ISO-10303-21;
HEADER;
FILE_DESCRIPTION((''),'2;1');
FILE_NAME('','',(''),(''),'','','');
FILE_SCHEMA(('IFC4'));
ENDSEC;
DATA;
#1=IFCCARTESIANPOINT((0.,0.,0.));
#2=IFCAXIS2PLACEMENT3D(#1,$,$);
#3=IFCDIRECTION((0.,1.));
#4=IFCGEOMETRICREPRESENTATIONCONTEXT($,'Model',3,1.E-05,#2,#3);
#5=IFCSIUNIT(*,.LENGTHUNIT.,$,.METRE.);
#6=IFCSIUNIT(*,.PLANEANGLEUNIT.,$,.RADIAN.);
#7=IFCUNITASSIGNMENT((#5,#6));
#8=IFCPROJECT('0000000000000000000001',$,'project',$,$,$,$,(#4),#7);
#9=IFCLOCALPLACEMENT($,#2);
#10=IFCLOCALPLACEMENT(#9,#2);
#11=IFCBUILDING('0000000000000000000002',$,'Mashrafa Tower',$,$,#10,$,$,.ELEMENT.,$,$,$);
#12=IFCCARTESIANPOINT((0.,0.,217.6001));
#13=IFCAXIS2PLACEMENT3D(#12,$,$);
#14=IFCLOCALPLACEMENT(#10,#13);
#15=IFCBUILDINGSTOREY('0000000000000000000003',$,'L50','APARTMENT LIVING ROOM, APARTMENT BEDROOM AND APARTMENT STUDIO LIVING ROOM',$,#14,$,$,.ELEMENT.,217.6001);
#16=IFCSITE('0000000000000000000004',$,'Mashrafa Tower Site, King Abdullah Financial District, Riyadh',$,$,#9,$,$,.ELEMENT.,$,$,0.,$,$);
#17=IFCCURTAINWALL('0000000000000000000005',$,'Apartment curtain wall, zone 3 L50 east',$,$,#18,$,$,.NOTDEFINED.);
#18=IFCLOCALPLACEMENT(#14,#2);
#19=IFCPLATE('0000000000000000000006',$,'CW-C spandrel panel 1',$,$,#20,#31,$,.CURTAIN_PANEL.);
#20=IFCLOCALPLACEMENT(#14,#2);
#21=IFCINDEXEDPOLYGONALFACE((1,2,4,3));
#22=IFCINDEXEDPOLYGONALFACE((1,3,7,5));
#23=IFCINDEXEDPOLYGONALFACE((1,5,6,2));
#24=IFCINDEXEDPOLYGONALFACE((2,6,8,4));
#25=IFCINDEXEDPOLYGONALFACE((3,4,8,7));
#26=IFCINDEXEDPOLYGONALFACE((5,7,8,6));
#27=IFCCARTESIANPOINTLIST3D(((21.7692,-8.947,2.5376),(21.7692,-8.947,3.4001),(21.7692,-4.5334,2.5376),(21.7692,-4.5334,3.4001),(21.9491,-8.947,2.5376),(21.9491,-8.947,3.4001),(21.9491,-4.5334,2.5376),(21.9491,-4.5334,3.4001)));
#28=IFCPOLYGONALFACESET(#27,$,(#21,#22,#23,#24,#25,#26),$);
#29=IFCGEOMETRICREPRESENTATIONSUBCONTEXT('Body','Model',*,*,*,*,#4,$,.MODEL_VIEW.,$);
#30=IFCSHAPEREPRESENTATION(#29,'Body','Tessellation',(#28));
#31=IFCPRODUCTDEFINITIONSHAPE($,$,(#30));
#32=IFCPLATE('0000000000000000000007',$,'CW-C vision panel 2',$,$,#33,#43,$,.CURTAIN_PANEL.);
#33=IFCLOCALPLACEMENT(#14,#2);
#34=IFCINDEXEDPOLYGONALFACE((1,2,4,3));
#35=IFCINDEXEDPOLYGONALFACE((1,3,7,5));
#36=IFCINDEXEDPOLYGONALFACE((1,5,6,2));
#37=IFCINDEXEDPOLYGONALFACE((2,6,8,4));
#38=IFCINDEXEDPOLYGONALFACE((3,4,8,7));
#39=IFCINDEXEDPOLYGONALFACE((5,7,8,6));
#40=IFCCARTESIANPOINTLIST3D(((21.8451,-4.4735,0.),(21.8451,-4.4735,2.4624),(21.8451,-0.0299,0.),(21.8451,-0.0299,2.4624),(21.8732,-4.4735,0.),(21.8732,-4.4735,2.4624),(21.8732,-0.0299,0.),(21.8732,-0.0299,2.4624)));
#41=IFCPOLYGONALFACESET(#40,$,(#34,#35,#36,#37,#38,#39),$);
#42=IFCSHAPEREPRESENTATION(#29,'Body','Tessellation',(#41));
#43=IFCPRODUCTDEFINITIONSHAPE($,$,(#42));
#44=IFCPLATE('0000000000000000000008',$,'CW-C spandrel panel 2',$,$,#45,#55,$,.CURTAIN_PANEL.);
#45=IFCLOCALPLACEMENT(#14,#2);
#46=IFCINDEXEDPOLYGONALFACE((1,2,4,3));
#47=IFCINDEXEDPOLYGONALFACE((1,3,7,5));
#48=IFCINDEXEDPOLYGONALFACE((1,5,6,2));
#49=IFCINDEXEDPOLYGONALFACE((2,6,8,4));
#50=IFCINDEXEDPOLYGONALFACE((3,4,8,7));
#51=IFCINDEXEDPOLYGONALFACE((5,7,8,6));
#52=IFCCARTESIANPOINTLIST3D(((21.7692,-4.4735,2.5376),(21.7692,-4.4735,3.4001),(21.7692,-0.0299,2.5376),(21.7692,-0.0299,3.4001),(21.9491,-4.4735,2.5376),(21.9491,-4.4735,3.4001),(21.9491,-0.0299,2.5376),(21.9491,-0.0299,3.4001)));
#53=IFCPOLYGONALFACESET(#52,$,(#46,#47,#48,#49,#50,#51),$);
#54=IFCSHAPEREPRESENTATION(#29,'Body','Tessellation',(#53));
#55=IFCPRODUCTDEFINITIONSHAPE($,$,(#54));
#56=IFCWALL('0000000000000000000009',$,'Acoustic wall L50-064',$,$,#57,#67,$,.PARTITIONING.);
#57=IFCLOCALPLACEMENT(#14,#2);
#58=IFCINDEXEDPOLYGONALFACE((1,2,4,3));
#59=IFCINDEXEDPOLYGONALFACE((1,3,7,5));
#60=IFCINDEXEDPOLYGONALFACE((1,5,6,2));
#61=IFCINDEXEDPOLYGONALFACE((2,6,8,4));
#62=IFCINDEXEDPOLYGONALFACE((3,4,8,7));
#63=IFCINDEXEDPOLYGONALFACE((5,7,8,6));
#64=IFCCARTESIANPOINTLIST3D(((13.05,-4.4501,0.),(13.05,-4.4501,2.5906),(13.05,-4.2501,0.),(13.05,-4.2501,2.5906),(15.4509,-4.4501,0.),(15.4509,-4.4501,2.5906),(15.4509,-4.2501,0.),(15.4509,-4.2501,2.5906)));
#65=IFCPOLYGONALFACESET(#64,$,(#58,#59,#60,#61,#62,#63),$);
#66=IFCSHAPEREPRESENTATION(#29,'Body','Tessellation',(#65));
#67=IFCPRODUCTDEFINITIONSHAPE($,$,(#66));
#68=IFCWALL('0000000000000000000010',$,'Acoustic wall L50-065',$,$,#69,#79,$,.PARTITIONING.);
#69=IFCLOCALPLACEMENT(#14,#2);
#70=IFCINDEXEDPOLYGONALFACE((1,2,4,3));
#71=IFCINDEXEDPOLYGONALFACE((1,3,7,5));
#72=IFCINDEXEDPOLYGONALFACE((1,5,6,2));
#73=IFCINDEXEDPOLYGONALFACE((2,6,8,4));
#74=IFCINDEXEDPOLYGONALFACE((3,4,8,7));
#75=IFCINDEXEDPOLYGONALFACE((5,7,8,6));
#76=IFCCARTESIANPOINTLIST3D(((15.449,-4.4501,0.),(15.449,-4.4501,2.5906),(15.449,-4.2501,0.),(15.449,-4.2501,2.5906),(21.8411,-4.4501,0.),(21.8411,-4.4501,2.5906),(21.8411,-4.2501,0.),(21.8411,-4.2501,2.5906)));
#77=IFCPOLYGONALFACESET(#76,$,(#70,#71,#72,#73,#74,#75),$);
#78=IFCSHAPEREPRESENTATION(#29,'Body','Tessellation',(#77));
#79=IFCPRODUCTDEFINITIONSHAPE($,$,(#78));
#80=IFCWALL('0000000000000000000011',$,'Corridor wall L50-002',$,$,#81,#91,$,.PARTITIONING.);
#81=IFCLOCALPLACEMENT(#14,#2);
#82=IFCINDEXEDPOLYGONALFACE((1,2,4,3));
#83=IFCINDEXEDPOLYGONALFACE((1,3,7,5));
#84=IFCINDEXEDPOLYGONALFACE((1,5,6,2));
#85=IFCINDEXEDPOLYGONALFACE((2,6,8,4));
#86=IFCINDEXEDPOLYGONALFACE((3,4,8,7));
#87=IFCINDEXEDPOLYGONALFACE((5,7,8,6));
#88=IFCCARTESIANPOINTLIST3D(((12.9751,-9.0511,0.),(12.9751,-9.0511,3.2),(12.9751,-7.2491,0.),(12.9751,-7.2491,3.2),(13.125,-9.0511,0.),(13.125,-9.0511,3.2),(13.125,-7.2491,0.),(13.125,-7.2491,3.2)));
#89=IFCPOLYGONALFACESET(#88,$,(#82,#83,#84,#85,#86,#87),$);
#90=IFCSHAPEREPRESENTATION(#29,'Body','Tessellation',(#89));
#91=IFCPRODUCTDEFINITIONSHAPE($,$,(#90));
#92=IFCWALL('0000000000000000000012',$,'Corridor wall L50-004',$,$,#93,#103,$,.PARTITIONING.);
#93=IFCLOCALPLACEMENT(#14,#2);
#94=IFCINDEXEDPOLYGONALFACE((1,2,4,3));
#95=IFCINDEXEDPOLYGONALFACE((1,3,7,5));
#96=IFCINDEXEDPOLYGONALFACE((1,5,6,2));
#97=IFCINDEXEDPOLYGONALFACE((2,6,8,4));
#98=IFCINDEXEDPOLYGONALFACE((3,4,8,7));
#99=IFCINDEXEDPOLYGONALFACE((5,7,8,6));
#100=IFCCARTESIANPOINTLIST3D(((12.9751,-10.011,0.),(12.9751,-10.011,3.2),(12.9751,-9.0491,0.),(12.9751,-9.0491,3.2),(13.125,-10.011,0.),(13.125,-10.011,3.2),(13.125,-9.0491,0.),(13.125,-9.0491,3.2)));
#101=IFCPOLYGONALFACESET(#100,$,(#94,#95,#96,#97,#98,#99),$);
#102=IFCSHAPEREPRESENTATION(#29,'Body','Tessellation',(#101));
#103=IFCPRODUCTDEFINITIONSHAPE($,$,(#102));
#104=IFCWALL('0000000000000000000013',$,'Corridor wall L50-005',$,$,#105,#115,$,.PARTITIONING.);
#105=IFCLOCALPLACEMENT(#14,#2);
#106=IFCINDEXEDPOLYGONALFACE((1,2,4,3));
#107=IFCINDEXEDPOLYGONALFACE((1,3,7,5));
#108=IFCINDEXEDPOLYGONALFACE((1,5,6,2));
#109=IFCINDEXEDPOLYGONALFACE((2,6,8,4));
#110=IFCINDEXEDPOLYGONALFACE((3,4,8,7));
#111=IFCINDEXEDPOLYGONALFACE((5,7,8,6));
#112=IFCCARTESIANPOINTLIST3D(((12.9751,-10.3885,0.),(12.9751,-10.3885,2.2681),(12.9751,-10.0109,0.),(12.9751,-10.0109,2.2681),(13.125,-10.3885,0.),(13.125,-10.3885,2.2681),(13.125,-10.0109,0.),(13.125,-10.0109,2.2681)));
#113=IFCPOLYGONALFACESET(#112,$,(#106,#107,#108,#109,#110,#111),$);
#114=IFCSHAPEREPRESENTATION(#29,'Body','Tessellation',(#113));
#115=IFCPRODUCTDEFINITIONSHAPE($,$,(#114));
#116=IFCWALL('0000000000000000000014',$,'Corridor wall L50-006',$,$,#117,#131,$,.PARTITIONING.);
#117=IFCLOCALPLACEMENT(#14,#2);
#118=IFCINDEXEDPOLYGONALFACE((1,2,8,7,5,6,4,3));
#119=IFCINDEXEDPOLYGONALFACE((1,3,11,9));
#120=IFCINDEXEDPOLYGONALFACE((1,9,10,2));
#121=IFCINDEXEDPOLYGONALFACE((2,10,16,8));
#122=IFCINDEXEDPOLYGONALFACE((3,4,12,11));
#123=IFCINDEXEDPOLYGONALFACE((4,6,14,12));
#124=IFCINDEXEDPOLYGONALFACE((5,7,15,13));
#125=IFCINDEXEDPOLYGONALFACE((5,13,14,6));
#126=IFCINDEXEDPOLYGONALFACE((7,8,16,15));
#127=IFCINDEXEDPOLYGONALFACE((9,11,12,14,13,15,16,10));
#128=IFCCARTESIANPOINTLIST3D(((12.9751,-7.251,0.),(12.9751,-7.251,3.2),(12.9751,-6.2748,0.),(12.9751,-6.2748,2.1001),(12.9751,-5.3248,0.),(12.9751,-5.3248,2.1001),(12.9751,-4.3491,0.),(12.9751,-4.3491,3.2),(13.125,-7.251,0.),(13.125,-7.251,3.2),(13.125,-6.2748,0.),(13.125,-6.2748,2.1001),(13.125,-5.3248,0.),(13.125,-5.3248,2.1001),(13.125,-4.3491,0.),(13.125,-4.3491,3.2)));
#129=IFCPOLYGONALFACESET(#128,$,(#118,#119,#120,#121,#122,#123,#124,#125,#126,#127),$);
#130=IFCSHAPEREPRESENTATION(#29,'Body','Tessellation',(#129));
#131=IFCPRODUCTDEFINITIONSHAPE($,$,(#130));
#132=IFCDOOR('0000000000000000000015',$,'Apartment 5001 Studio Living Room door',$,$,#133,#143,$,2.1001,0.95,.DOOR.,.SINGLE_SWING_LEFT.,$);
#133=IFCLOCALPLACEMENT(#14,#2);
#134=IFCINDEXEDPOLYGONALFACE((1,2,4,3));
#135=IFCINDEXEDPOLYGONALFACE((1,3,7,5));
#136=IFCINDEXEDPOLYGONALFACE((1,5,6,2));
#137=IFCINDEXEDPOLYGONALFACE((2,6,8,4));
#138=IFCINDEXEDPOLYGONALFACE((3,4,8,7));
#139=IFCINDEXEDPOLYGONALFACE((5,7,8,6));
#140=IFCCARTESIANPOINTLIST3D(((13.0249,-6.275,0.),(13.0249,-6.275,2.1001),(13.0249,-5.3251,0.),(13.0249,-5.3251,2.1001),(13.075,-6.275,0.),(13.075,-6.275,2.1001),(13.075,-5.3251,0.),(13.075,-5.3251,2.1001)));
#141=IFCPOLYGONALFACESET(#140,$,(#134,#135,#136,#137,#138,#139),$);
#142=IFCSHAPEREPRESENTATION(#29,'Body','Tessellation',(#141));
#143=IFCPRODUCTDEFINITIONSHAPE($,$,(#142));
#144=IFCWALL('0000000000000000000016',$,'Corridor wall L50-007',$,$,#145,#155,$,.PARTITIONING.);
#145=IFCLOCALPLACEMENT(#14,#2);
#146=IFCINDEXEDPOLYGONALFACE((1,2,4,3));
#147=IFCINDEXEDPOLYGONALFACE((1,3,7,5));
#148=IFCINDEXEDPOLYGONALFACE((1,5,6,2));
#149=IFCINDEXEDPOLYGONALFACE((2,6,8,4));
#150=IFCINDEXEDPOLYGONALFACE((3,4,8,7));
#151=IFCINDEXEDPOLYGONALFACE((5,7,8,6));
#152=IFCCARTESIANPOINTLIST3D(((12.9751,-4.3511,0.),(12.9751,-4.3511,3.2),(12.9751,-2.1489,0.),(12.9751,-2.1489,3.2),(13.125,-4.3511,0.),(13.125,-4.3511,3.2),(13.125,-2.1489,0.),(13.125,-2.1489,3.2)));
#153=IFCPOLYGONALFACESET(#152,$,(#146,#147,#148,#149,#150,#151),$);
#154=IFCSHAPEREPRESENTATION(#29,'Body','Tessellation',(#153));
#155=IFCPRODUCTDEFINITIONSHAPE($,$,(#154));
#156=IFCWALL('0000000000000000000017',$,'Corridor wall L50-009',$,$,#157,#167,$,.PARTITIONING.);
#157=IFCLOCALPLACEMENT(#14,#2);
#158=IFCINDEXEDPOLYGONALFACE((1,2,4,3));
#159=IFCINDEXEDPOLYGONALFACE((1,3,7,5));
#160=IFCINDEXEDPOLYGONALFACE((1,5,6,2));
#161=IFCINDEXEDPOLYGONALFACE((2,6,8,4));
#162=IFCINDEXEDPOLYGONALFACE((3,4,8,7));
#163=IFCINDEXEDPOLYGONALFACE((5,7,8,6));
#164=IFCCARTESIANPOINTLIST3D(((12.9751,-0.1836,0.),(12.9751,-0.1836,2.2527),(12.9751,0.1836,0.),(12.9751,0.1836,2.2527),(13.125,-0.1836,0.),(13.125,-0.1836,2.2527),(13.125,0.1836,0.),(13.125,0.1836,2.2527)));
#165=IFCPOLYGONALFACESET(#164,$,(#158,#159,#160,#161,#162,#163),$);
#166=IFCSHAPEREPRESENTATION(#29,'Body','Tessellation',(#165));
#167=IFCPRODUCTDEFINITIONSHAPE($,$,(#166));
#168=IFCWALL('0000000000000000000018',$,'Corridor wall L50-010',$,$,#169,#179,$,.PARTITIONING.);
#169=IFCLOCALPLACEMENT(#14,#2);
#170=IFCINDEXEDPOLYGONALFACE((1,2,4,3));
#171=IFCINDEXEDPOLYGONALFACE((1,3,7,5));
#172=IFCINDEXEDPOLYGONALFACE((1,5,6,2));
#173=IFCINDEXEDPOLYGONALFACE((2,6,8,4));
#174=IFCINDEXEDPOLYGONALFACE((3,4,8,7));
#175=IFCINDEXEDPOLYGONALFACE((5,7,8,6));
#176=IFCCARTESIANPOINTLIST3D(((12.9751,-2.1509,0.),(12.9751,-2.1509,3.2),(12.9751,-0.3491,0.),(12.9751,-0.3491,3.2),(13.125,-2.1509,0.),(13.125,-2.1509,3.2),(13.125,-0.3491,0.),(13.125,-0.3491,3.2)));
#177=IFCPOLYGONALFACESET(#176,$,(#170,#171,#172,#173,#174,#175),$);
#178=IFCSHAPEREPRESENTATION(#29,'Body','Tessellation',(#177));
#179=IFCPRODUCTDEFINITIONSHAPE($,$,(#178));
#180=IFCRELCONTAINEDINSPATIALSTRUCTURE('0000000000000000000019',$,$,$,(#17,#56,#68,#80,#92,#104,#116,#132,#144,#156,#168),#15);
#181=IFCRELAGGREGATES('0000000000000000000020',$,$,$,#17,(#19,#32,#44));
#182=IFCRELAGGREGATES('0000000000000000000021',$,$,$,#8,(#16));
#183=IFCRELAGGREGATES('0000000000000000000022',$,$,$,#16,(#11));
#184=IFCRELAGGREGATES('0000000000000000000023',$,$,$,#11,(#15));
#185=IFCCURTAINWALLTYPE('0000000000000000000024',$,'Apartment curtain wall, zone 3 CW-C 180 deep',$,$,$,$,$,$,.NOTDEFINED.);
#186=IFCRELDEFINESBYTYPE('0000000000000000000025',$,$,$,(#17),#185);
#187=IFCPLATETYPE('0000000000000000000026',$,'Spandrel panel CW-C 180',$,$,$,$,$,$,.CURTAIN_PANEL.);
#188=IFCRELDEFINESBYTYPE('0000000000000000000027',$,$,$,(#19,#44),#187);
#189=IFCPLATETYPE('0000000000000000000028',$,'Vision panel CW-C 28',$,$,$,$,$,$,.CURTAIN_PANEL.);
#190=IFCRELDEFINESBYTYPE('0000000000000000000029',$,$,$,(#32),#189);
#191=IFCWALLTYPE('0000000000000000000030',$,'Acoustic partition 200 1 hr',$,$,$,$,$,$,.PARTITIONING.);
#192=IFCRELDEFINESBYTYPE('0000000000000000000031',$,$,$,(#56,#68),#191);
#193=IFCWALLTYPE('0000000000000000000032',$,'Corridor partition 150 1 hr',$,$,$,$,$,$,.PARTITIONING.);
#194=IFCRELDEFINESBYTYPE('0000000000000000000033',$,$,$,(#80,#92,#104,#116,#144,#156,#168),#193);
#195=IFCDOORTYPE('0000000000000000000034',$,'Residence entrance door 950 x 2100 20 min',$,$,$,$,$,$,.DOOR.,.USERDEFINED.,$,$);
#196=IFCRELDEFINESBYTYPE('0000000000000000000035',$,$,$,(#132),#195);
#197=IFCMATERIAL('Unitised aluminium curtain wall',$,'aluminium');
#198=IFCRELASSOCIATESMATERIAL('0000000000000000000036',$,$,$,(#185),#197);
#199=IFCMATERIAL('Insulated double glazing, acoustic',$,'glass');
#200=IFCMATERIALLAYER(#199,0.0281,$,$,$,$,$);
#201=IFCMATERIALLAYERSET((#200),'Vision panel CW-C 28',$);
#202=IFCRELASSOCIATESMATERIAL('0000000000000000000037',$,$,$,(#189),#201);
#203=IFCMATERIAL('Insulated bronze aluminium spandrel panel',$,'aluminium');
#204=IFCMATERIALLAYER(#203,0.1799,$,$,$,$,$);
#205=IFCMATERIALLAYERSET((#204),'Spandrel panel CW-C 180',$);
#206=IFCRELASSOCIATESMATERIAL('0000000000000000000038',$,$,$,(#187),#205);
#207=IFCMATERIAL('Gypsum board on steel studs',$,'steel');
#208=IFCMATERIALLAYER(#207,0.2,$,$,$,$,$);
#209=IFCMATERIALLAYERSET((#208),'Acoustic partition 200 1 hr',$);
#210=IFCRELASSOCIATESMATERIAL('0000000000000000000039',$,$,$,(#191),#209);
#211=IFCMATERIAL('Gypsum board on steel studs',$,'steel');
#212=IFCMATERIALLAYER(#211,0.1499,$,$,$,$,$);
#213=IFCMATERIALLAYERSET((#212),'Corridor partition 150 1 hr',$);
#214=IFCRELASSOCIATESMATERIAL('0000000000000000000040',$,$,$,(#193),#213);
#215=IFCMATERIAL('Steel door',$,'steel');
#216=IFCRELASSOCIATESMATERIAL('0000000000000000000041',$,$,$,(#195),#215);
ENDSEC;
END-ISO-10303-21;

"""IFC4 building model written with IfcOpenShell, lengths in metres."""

from ifc_helpers import new_model, si_unit, direction, frame, frame_2d, origin, origin_2d, place, context, subcontext, project, spatial, rectangle, extrude, source, transform, mapped, material, layer, layer_set, type_object, type_shapes, element, fill, aggregate, save


model = new_model("IFC4")

# Units and contexts
model_context = context("Model", 3, precision=1e-05, world=origin(), true_north=direction((0.0, 1.0)))
body_context = subcontext(model_context, "Body", "Model", "MODEL_VIEW")
ifc_project = project(units=[si_unit("LENGTHUNIT", "METRE"), si_unit("PLANEANGLEUNIT", "RADIAN")], contexts=[model_context])

# Site, building, storey
site_placement = place(None, origin())
site = spatial("IfcSite", under=ifc_project, at=site_placement, Name="Mashrafa Tower Site, King Abdullah Financial District, Riyadh", CompositionType="ELEMENT", RefElevation=0.0)
building_placement = place(site_placement, origin())
building = spatial("IfcBuilding", under=site, at=building_placement, Name="Mashrafa Tower", CompositionType="ELEMENT")
storey_placement = place(building_placement, frame((0.0, 0.0, 217.6001)))
storey = spatial("IfcBuildingStorey", under=building, at=storey_placement, Name="L50", Description="APARTMENT LIVING ROOM, APARTMENT BEDROOM AND APARTMENT STUDIO LIVING ROOM", CompositionType="ELEMENT", Elevation=217.6001)

# Curtain wall
ifc_material_1 = material(Name="Unitised aluminium curtain wall", Category="aluminium")
curtain_wall_type = type_object("IfcCurtainWallType", Name="Apartment curtain wall, zone 3 CW-C 180 deep", PredefinedType="NOTDEFINED", material=ifc_material_1)
curtain_wall_1_placement = place(storey_placement, origin())
curtain_wall_1 = element("IfcCurtainWall", 1, at=curtain_wall_1_placement, inside=storey, type_object=curtain_wall_type, Name="Apartment curtain wall, zone 3 L50 east", PredefinedType="NOTDEFINED")

# Plates
ifc_material_2 = material(Name="Insulated double glazing, acoustic", Category="glass")
ifc_layer_1 = layer(ifc_material_2, 0.0281)
ifc_layer_set_1 = layer_set([ifc_layer_1], Name="Vision panel CW-C 28")
plate_type_1 = type_object("IfcPlateType", Name="Vision panel CW-C 28", PredefinedType="CURTAIN_PANEL", material=ifc_layer_set_1)
ifc_material_3 = material(Name="Insulated bronze aluminium spandrel panel", Category="aluminium")
ifc_layer_2 = layer(ifc_material_3, 0.1799)
ifc_layer_set_2 = layer_set([ifc_layer_2], Name="Spandrel panel CW-C 180")
plate_type_2 = type_object("IfcPlateType", Name="Spandrel panel CW-C 180", PredefinedType="CURTAIN_PANEL", material=ifc_layer_set_2)
shared_shape_1 = source(origin(), body_context, "Body", "SweptSolid", [
    extrude(rectangle(XDim=4.4136, YDim=0.1799, at=origin_2d()), origin(), (0.0, 0.0, 1.0), 0.8625),
])
plate_1_placement = place(storey_placement, frame((21.8591, -6.7402, 2.5376), z_axis=(0.0, 0.0, 1.0), x_axis=(0.0, 1.0, 0.0)))
plate_1 = element("IfcPlate", 2, at=plate_1_placement, type_object=plate_type_2, Name="CW-C spandrel panel 1", PredefinedType="CURTAIN_PANEL", context=body_context, shape_type="MappedRepresentation", body=[
    mapped(shared_shape_1, transform((0.0, 0.0, 0.0))),
])
shared_shape_2 = source(origin(), body_context, "Body", "SweptSolid", [
    extrude(rectangle(XDim=4.4436, YDim=0.0281, at=origin_2d()), origin(), (0.0, 0.0, 1.0), 2.4624),
])
plate_2_placement = place(storey_placement, frame((21.8591, -2.2517, 0.0), z_axis=(0.0, 0.0, 1.0), x_axis=(0.0, 1.0, 0.0)))
plate_2 = element("IfcPlate", 3, at=plate_2_placement, type_object=plate_type_1, Name="CW-C vision panel 2", PredefinedType="CURTAIN_PANEL", context=body_context, shape_type="MappedRepresentation", body=[
    mapped(shared_shape_2, transform((0.0, 0.0, 0.0))),
])
shared_shape_3 = source(origin(), body_context, "Body", "SweptSolid", [
    extrude(rectangle(XDim=4.4436, YDim=0.1799, at=origin_2d()), origin(), (0.0, 0.0, 1.0), 0.8625),
])
type_shapes(plate_type_2, [shared_shape_1, shared_shape_3])
plate_3_placement = place(storey_placement, frame((21.8591, -2.2517, 2.5376), z_axis=(0.0, 0.0, 1.0), x_axis=(0.0, 1.0, 0.0)))
plate_3 = element("IfcPlate", 4, at=plate_3_placement, type_object=plate_type_2, Name="CW-C spandrel panel 2", PredefinedType="CURTAIN_PANEL", context=body_context, shape_type="MappedRepresentation", body=[
    mapped(shared_shape_3, transform((0.0, 0.0, 0.0))),
])
aggregate(curtain_wall_1, [plate_1, plate_2, plate_3])

# Walls
ifc_material_4 = material(Name="Gypsum board on steel studs", Category="steel")
ifc_layer_3 = layer(ifc_material_4, 0.2)
ifc_layer_set_3 = layer_set([ifc_layer_3], Name="Acoustic partition 200 1 hr")
wall_type_1 = type_object("IfcWallType", Name="Acoustic partition 200 1 hr", PredefinedType="PARTITIONING", material=ifc_layer_set_3)
wall_1_placement = place(storey_placement, frame((15.4509, -4.3501, 0.0), z_axis=(0.0, 0.0, 1.0), x_axis=(-1.0, 0.0, 0.0)))
element("IfcWall", 5, at=wall_1_placement, inside=storey, type_object=wall_type_1, Name="Acoustic wall L50-064", PredefinedType="PARTITIONING", context=body_context, shape_type="SweptSolid", body=[
    extrude(rectangle(XDim=2.4009, YDim=0.2, at=frame_2d((1.2004, 0.0))), origin(), (0.0, 0.0, 1.0), 2.5906),
])
wall_2_placement = place(storey_placement, frame((21.8411, -4.3501, 0.0), z_axis=(0.0, 0.0, 1.0), x_axis=(-1.0, 0.0, 0.0)))
element("IfcWall", 6, at=wall_2_placement, inside=storey, type_object=wall_type_1, Name="Acoustic wall L50-065", PredefinedType="PARTITIONING", context=body_context, shape_type="SweptSolid", body=[
    extrude(rectangle(XDim=6.3921, YDim=0.2, at=frame_2d((3.196, 0.0))), origin(), (0.0, 0.0, 1.0), 2.5906),
])
ifc_material_5 = material(Name="Gypsum board on steel studs", Category="steel")
ifc_layer_4 = layer(ifc_material_5, 0.1499)
ifc_layer_set_4 = layer_set([ifc_layer_4], Name="Corridor partition 150 1 hr")
wall_type_2 = type_object("IfcWallType", Name="Corridor partition 150 1 hr", PredefinedType="PARTITIONING", material=ifc_layer_set_4)
wall_3_placement = place(storey_placement, frame((13.05, -9.051, 0.0), z_axis=(0.0, 0.0, 1.0), x_axis=(0.0, 1.0, 0.0)))
element("IfcWall", 7, at=wall_3_placement, inside=storey, type_object=wall_type_2, Name="Corridor wall L50-002", PredefinedType="PARTITIONING", context=body_context, shape_type="SweptSolid", body=[
    extrude(rectangle(XDim=1.802, YDim=0.1499, at=frame_2d((0.9009, 0.0))), origin(), (0.0, 0.0, 1.0), 3.2),
])
wall_4_placement = place(storey_placement, frame((13.05, -10.011, 0.0), z_axis=(0.0, 0.0, 1.0), x_axis=(0.0, 1.0, 0.0)))
element("IfcWall", 8, at=wall_4_placement, inside=storey, type_object=wall_type_2, Name="Corridor wall L50-004", PredefinedType="PARTITIONING", context=body_context, shape_type="SweptSolid", body=[
    extrude(rectangle(XDim=0.9619, YDim=0.1499, at=frame_2d((0.481, 0.0))), origin(), (0.0, 0.0, 1.0), 3.2),
])
wall_5_placement = place(storey_placement, frame((13.05, -10.3887, 0.0), z_axis=(0.0, 0.0, 1.0), x_axis=(0.0, 1.0, 0.0)))
element("IfcWall", 9, at=wall_5_placement, inside=storey, type_object=wall_type_2, Name="Corridor wall L50-005", PredefinedType="PARTITIONING", context=body_context, shape_type="SweptSolid", body=[
    extrude(rectangle(XDim=0.3777, YDim=0.1499, at=frame_2d((0.189, 0.0))), origin(), (0.0, 0.0, 1.0), 2.2681),
])

# Wall, opening, door
wall_6_placement = place(storey_placement, frame((13.05, -7.251, 0.0), z_axis=(0.0, 0.0, 1.0), x_axis=(0.0, 1.0, 0.0)))
wall_6 = element("IfcWall", 10, at=wall_6_placement, inside=storey, type_object=wall_type_2, Name="Corridor wall L50-006", PredefinedType="PARTITIONING", context=body_context, shape_type="SweptSolid", body=[
    extrude(rectangle(XDim=2.9019, YDim=0.1499, at=frame_2d((1.4509, 0.0))), origin(), (0.0, 0.0, 1.0), 3.2),
])
opening_1_placement = place(wall_6_placement, frame((0.9761, 0.0, 0.0)))
opening_1 = element("IfcOpeningElement", 11, at=opening_1_placement, cuts=wall_6, PredefinedType="OPENING", context=body_context, shape_type="SweptSolid", body=[
    extrude(rectangle(XDim=0.95, YDim=2.1001, at=frame_2d((0.4751, 1.05))), frame((0.0, 0.085, 0.0), z_axis=(0.0, -1.0, 0.0), x_axis=(1.0, 0.0, 0.0)), (0.0, 0.0, 1.0), 0.1699),
])
ifc_material_6 = material(Name="Steel door", Category="steel")
door_type_1 = type_object("IfcDoorType", Name="Residence entrance door 950 x 2100 20 min", OperationType="USERDEFINED", PredefinedType="DOOR", material=ifc_material_6)
door_1_placement = place(opening_1_placement, frame((0.95, 0.0, 0.0), z_axis=(0.0, 0.0, 1.0), x_axis=(-1.0, 0.0, 0.0)))
door_1 = element("IfcDoor", 12, at=door_1_placement, inside=storey, type_object=door_type_1, Name="Apartment 5001 Studio Living Room door", OperationType="SINGLE_SWING_LEFT", OverallHeight=2.1001, OverallWidth=0.95, PredefinedType="DOOR", context=body_context, shape_type="SweptSolid", body=[
    extrude(rectangle(XDim=0.95, YDim=2.1001, at=frame_2d((0.4751, 1.05))), frame((0.0, 0.0249, 0.0), z_axis=(0.0, -1.0, 0.0), x_axis=(1.0, 0.0, 0.0)), (0.0, 0.0, 1.0), 0.05),
])
fill(opening_1, door_1)

# Walls
wall_7_placement = place(storey_placement, frame((13.05, -4.3511, 0.0), z_axis=(0.0, 0.0, 1.0), x_axis=(0.0, 1.0, 0.0)))
element("IfcWall", 13, at=wall_7_placement, inside=storey, type_object=wall_type_2, Name="Corridor wall L50-007", PredefinedType="PARTITIONING", context=body_context, shape_type="SweptSolid", body=[
    extrude(rectangle(XDim=2.2021, YDim=0.1499, at=frame_2d((1.1011, 0.0))), origin(), (0.0, 0.0, 1.0), 3.2),
])
wall_8_placement = place(storey_placement, frame((13.05, -0.1836, 0.0), z_axis=(0.0, 0.0, 1.0), x_axis=(0.0, 1.0, 0.0)))
element("IfcWall", 14, at=wall_8_placement, inside=storey, type_object=wall_type_2, Name="Corridor wall L50-009", PredefinedType="PARTITIONING", context=body_context, shape_type="SweptSolid", body=[
    extrude(rectangle(XDim=0.3672, YDim=0.1499, at=frame_2d((0.1836, 0.0))), origin(), (0.0, 0.0, 1.0), 2.2527),
])
wall_9_placement = place(storey_placement, frame((13.05, -2.1509, 0.0), z_axis=(0.0, 0.0, 1.0), x_axis=(0.0, 1.0, 0.0)))
element("IfcWall", 15, at=wall_9_placement, inside=storey, type_object=wall_type_2, Name="Corridor wall L50-010", PredefinedType="PARTITIONING", context=body_context, shape_type="SweptSolid", body=[
    extrude(rectangle(XDim=1.8018, YDim=0.1499, at=frame_2d((0.9009, 0.0))), origin(), (0.0, 0.0, 1.0), 3.2),
])

save(model, "model.ifc")
